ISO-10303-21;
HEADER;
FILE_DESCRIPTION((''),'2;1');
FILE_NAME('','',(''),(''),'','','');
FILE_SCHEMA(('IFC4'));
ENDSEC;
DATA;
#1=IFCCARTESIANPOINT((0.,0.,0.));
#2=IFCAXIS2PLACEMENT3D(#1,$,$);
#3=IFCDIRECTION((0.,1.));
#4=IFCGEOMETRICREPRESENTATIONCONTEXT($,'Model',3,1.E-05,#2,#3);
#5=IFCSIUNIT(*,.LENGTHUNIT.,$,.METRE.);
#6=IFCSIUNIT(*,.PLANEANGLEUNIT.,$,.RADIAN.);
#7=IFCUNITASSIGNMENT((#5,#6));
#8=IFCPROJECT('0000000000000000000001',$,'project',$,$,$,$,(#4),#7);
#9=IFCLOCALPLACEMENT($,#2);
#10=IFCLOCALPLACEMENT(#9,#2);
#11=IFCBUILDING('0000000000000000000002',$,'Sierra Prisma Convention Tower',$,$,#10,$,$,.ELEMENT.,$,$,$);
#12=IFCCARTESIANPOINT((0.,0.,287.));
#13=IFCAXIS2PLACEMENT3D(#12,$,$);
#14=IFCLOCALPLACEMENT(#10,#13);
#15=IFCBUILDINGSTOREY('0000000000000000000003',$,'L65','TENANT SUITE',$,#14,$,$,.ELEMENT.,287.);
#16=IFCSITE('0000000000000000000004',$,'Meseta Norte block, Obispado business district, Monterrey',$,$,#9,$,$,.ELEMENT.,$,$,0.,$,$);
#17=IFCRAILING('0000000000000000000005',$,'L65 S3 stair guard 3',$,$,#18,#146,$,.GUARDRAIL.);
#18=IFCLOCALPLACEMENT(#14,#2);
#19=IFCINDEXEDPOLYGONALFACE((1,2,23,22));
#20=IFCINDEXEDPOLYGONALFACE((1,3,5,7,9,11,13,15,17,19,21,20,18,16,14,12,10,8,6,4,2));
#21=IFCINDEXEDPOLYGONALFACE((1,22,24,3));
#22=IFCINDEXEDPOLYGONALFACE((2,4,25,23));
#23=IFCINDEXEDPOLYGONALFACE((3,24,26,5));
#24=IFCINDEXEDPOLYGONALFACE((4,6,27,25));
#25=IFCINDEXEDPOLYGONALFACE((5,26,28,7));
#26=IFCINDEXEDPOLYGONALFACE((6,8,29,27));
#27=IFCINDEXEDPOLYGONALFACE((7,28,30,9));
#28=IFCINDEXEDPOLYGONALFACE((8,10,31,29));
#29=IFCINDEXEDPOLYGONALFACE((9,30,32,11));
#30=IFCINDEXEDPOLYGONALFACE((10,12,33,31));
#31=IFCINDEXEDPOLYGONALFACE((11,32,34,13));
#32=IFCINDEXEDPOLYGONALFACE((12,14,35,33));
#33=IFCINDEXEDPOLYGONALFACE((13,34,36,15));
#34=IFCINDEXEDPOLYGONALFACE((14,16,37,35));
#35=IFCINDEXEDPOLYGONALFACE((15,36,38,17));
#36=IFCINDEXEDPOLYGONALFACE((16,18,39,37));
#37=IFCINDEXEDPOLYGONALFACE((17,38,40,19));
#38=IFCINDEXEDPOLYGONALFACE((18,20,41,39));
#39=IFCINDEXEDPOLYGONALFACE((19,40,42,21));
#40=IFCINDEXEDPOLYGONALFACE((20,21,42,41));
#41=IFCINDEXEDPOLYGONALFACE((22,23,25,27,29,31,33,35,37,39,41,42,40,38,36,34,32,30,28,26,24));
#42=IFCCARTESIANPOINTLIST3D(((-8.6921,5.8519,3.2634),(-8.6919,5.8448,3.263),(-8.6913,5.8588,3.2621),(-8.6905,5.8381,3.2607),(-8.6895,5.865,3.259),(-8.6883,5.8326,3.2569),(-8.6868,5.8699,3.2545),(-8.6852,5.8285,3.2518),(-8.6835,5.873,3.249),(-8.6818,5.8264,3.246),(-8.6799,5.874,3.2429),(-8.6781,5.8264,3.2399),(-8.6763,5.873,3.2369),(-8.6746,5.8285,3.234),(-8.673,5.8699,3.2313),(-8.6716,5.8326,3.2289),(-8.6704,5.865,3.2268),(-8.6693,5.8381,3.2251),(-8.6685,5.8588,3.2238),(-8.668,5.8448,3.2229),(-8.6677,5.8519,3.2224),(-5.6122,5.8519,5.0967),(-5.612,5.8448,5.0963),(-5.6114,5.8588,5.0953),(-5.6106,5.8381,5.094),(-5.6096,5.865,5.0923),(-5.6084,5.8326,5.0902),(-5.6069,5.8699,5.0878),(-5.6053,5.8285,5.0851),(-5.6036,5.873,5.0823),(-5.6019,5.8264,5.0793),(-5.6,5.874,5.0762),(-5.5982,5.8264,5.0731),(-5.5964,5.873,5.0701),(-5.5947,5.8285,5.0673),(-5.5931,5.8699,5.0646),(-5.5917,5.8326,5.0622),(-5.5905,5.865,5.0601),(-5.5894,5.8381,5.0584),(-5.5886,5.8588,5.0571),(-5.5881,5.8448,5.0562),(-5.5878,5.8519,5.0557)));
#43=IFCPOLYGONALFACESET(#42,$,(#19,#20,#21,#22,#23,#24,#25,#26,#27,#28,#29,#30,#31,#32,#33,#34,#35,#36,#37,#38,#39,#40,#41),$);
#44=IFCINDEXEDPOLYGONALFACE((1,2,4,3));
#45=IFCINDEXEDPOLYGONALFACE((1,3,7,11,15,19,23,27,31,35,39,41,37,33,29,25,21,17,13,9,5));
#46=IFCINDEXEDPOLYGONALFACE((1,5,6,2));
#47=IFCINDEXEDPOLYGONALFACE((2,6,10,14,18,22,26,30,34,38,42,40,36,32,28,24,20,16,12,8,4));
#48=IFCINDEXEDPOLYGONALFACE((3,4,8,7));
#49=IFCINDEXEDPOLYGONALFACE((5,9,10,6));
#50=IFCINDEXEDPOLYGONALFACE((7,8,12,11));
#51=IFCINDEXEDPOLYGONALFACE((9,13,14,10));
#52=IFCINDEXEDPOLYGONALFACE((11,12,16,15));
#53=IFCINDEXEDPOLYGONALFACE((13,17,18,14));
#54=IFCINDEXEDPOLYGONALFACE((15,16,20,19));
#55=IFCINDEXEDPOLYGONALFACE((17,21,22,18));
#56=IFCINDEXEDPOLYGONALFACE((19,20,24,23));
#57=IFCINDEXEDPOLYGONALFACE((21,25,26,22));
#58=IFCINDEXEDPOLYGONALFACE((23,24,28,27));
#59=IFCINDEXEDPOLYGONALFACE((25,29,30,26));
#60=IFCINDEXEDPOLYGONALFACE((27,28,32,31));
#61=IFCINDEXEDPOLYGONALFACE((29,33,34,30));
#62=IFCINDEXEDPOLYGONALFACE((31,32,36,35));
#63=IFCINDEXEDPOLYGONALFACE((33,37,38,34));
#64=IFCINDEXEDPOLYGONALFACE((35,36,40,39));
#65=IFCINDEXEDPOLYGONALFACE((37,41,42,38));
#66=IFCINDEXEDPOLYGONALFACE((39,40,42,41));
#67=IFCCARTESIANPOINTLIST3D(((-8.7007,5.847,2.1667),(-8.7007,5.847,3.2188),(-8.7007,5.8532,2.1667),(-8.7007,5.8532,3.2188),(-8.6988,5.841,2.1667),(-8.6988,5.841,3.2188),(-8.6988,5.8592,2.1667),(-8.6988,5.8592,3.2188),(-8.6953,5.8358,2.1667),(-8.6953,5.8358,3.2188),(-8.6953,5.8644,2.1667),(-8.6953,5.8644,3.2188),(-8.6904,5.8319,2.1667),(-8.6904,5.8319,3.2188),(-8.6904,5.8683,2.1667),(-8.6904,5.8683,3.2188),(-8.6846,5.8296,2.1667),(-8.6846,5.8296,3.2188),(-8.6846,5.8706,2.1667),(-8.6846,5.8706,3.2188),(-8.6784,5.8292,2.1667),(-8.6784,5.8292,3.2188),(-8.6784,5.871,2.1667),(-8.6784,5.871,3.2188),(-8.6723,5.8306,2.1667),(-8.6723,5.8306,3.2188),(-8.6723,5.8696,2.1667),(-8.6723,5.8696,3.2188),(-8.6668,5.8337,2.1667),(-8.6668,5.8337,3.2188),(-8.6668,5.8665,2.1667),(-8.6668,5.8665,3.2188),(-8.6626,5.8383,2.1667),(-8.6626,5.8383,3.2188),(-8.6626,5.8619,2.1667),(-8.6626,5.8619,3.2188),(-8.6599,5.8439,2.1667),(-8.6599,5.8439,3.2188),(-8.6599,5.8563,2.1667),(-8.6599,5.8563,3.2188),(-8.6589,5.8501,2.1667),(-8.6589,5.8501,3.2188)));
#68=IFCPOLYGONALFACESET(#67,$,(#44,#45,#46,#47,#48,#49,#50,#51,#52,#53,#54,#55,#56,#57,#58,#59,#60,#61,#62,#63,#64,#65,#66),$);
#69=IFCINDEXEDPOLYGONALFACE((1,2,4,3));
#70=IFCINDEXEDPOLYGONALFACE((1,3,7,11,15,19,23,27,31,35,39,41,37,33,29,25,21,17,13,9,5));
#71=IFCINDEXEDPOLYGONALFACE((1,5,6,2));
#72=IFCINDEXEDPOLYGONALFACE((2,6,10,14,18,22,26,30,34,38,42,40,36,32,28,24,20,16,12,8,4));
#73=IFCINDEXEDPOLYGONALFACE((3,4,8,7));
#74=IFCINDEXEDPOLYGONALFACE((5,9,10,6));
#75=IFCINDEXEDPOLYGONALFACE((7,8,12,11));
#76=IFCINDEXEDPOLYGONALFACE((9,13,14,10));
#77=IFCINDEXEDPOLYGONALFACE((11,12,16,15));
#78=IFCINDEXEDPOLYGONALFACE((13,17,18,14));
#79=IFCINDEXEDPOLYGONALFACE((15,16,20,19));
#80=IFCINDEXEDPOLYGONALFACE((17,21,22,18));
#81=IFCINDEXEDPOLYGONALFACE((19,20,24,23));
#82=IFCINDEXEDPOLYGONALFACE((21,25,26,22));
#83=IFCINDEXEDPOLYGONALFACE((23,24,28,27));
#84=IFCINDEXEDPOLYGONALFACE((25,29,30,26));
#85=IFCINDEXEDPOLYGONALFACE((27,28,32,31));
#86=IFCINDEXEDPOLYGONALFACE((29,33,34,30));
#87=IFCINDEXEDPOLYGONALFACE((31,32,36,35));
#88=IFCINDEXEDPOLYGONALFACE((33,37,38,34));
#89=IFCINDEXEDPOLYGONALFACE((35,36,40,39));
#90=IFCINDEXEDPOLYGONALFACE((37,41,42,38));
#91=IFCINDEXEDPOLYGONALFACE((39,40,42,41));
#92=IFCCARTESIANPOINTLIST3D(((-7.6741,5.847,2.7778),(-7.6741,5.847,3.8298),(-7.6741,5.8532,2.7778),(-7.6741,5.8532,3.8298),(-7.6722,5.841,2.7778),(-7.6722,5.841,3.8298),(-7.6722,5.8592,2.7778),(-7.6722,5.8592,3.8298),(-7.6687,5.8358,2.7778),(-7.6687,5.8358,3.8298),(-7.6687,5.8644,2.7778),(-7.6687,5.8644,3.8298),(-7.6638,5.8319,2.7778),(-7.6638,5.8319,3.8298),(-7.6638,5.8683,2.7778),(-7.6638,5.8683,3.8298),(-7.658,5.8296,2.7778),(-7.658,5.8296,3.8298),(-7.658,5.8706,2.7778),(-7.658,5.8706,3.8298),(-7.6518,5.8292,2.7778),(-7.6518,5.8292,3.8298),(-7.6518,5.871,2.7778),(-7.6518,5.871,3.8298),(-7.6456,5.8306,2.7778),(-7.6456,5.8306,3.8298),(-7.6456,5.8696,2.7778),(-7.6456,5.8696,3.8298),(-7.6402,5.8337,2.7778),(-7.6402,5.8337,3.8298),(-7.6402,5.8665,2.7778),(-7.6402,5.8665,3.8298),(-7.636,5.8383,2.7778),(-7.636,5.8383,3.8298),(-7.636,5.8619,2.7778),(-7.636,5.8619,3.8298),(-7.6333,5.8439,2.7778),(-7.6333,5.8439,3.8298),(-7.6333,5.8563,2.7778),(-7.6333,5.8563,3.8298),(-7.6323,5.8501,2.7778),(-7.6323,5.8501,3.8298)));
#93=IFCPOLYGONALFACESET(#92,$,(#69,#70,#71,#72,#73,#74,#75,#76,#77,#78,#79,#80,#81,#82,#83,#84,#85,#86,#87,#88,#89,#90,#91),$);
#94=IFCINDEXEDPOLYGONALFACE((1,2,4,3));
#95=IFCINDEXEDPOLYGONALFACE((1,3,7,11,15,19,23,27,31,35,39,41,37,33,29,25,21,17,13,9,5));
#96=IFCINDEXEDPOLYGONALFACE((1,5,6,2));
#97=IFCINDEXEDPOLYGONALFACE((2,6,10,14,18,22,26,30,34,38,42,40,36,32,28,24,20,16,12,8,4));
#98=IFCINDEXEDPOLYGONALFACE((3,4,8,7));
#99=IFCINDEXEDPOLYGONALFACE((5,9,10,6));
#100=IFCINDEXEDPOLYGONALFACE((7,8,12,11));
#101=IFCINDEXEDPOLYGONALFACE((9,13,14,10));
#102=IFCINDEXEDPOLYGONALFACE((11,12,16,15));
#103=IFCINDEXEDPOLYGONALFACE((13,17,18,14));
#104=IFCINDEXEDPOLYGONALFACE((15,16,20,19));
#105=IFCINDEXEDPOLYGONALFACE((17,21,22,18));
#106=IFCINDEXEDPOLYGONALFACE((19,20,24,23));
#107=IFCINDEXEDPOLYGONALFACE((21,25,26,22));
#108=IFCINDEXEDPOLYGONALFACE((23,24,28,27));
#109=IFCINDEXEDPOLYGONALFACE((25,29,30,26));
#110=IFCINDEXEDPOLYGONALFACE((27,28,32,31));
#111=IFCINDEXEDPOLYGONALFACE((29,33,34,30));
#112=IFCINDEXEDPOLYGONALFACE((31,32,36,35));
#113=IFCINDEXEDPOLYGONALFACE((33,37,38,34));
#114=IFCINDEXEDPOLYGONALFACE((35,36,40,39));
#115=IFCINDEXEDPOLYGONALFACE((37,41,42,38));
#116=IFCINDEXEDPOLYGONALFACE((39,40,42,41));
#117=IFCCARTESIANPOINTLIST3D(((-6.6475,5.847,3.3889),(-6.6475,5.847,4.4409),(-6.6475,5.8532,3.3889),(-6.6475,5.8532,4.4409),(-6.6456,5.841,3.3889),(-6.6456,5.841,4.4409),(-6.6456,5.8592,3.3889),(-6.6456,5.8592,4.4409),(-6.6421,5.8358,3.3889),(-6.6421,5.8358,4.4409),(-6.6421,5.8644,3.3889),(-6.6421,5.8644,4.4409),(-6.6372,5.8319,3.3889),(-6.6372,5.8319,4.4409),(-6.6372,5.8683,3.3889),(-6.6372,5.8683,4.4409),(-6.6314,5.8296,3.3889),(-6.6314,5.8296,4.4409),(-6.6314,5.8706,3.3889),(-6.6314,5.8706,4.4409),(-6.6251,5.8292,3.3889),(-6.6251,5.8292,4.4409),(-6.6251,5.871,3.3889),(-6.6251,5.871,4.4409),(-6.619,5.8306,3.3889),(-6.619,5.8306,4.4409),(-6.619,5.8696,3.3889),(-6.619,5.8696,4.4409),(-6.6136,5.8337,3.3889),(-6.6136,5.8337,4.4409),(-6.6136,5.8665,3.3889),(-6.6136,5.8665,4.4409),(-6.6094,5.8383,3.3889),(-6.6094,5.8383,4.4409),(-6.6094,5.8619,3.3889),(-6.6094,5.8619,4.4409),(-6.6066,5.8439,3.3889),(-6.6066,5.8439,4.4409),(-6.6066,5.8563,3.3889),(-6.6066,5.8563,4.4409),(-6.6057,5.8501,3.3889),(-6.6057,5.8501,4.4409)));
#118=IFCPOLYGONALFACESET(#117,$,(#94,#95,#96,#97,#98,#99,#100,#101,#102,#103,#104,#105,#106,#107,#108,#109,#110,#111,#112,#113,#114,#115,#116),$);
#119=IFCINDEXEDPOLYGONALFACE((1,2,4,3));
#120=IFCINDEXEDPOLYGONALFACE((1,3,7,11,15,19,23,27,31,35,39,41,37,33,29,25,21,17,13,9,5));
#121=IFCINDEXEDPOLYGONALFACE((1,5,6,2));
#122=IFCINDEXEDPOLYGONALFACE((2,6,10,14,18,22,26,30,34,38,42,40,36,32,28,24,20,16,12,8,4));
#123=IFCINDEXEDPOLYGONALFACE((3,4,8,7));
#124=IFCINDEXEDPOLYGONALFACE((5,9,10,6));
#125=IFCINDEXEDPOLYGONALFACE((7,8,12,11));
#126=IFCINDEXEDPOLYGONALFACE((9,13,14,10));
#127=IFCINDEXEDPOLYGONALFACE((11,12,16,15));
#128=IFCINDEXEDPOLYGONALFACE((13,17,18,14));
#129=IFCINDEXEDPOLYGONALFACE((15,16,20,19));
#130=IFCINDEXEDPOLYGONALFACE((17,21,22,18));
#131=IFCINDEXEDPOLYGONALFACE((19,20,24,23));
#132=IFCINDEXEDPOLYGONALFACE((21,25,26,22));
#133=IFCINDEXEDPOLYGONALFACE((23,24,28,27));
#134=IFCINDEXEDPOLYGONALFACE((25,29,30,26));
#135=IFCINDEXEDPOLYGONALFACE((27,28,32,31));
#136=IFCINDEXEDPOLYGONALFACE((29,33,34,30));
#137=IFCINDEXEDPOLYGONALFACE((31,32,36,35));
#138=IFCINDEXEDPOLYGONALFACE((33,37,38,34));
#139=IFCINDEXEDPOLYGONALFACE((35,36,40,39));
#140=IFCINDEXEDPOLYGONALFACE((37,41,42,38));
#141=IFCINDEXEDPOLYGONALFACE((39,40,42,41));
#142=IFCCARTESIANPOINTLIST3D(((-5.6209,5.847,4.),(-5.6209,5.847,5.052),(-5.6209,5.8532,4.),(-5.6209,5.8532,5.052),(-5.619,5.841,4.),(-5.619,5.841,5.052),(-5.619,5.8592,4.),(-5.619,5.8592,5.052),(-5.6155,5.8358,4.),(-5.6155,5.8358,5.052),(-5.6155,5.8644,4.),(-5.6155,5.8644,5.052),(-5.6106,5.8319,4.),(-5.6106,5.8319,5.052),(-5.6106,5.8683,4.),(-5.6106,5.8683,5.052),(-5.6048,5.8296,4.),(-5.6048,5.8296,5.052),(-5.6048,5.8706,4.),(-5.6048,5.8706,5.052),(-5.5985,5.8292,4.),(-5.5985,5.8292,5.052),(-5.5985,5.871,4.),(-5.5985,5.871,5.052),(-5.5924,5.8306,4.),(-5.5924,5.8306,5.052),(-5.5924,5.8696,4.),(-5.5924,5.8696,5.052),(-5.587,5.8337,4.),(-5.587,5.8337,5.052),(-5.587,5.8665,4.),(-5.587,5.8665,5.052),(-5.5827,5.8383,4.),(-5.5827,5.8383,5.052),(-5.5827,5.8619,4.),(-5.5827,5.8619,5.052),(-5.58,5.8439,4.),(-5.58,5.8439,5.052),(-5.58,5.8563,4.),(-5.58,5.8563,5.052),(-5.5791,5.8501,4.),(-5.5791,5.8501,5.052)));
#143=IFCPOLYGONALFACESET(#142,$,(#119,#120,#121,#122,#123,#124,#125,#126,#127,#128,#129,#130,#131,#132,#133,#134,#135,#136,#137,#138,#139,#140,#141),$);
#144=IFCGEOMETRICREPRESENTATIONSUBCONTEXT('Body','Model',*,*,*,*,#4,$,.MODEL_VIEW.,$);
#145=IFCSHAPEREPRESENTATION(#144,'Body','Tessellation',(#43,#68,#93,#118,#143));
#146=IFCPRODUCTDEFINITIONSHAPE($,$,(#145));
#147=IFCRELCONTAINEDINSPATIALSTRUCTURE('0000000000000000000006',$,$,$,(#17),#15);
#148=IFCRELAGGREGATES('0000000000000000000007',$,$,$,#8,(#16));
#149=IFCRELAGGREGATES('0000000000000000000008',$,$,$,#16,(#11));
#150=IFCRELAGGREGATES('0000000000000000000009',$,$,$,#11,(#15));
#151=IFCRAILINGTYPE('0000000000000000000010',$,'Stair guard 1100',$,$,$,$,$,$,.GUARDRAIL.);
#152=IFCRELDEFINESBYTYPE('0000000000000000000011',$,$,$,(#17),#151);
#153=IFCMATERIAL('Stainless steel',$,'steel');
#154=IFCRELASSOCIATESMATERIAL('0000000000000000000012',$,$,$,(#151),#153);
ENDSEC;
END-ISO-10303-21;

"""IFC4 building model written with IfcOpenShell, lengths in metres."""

from ifc_helpers import new_model, si_unit, direction, frame, origin, origin_2d, place, context, subcontext, project, spatial, circle, extrude, material, type_object, element, save


model = new_model("IFC4")

# Units and contexts
model_context = context("Model", 3, precision=1e-05, world=origin(), true_north=direction((0.0, 1.0)))
body_context = subcontext(model_context, "Body", "Model", "MODEL_VIEW")
ifc_project = project(units=[si_unit("LENGTHUNIT", "METRE"), si_unit("PLANEANGLEUNIT", "RADIAN")], contexts=[model_context])

# Site, building, storey
site_placement = place(None, origin())
site = spatial("IfcSite", under=ifc_project, at=site_placement, Name="Meseta Norte block, Obispado business district, Monterrey", CompositionType="ELEMENT", RefElevation=0.0)
building_placement = place(site_placement, origin())
building = spatial("IfcBuilding", under=site, at=building_placement, Name="Sierra Prisma Convention Tower", CompositionType="ELEMENT")
storey_placement = place(building_placement, frame((0.0, 0.0, 287.0)))
storey = spatial("IfcBuildingStorey", under=building, at=storey_placement, Name="L65", Description="TENANT SUITE", CompositionType="ELEMENT", Elevation=287.0)

# Railing
ifc_material_1 = material(Name="Stainless steel", Category="steel")
railing_type_1 = type_object("IfcRailingType", Name="Stair guard 1100", PredefinedType="GUARDRAIL", material=ifc_material_1)
railing_1_placement = place(storey_placement, frame((-8.6799, 5.8501, 2.1667)))
element("IfcRailing", 1, at=railing_1_placement, inside=storey, type_object=railing_type_1, Name="L65 S3 stair guard 3", PredefinedType="GUARDRAIL", context=body_context, shape_type="SweptSolid", body=[
    extrude(circle(Radius=0.0239, at=origin_2d()), frame((0.0, 0.0, 1.0762), z_axis=(0.859291, 0.0, 0.511487), x_axis=(0.0, 1.0, 0.0)), (0.0, 0.0, 1.0), 3.5842),
    extrude(circle(Radius=0.021, at=origin_2d()), origin(), (0.0, 0.0, 1.0), 1.052),
    extrude(circle(Radius=0.021, at=origin_2d()), frame((1.0266, 0.0, 0.6111)), (0.0, 0.0, 1.0), 1.052),
    extrude(circle(Radius=0.021, at=origin_2d()), frame((2.0532, 0.0, 1.2222)), (0.0, 0.0, 1.0), 1.052),
    extrude(circle(Radius=0.021, at=origin_2d()), frame((3.0798, 0.0, 1.8333)), (0.0, 0.0, 1.0), 1.052),
])

save(model, "model.ifc")
